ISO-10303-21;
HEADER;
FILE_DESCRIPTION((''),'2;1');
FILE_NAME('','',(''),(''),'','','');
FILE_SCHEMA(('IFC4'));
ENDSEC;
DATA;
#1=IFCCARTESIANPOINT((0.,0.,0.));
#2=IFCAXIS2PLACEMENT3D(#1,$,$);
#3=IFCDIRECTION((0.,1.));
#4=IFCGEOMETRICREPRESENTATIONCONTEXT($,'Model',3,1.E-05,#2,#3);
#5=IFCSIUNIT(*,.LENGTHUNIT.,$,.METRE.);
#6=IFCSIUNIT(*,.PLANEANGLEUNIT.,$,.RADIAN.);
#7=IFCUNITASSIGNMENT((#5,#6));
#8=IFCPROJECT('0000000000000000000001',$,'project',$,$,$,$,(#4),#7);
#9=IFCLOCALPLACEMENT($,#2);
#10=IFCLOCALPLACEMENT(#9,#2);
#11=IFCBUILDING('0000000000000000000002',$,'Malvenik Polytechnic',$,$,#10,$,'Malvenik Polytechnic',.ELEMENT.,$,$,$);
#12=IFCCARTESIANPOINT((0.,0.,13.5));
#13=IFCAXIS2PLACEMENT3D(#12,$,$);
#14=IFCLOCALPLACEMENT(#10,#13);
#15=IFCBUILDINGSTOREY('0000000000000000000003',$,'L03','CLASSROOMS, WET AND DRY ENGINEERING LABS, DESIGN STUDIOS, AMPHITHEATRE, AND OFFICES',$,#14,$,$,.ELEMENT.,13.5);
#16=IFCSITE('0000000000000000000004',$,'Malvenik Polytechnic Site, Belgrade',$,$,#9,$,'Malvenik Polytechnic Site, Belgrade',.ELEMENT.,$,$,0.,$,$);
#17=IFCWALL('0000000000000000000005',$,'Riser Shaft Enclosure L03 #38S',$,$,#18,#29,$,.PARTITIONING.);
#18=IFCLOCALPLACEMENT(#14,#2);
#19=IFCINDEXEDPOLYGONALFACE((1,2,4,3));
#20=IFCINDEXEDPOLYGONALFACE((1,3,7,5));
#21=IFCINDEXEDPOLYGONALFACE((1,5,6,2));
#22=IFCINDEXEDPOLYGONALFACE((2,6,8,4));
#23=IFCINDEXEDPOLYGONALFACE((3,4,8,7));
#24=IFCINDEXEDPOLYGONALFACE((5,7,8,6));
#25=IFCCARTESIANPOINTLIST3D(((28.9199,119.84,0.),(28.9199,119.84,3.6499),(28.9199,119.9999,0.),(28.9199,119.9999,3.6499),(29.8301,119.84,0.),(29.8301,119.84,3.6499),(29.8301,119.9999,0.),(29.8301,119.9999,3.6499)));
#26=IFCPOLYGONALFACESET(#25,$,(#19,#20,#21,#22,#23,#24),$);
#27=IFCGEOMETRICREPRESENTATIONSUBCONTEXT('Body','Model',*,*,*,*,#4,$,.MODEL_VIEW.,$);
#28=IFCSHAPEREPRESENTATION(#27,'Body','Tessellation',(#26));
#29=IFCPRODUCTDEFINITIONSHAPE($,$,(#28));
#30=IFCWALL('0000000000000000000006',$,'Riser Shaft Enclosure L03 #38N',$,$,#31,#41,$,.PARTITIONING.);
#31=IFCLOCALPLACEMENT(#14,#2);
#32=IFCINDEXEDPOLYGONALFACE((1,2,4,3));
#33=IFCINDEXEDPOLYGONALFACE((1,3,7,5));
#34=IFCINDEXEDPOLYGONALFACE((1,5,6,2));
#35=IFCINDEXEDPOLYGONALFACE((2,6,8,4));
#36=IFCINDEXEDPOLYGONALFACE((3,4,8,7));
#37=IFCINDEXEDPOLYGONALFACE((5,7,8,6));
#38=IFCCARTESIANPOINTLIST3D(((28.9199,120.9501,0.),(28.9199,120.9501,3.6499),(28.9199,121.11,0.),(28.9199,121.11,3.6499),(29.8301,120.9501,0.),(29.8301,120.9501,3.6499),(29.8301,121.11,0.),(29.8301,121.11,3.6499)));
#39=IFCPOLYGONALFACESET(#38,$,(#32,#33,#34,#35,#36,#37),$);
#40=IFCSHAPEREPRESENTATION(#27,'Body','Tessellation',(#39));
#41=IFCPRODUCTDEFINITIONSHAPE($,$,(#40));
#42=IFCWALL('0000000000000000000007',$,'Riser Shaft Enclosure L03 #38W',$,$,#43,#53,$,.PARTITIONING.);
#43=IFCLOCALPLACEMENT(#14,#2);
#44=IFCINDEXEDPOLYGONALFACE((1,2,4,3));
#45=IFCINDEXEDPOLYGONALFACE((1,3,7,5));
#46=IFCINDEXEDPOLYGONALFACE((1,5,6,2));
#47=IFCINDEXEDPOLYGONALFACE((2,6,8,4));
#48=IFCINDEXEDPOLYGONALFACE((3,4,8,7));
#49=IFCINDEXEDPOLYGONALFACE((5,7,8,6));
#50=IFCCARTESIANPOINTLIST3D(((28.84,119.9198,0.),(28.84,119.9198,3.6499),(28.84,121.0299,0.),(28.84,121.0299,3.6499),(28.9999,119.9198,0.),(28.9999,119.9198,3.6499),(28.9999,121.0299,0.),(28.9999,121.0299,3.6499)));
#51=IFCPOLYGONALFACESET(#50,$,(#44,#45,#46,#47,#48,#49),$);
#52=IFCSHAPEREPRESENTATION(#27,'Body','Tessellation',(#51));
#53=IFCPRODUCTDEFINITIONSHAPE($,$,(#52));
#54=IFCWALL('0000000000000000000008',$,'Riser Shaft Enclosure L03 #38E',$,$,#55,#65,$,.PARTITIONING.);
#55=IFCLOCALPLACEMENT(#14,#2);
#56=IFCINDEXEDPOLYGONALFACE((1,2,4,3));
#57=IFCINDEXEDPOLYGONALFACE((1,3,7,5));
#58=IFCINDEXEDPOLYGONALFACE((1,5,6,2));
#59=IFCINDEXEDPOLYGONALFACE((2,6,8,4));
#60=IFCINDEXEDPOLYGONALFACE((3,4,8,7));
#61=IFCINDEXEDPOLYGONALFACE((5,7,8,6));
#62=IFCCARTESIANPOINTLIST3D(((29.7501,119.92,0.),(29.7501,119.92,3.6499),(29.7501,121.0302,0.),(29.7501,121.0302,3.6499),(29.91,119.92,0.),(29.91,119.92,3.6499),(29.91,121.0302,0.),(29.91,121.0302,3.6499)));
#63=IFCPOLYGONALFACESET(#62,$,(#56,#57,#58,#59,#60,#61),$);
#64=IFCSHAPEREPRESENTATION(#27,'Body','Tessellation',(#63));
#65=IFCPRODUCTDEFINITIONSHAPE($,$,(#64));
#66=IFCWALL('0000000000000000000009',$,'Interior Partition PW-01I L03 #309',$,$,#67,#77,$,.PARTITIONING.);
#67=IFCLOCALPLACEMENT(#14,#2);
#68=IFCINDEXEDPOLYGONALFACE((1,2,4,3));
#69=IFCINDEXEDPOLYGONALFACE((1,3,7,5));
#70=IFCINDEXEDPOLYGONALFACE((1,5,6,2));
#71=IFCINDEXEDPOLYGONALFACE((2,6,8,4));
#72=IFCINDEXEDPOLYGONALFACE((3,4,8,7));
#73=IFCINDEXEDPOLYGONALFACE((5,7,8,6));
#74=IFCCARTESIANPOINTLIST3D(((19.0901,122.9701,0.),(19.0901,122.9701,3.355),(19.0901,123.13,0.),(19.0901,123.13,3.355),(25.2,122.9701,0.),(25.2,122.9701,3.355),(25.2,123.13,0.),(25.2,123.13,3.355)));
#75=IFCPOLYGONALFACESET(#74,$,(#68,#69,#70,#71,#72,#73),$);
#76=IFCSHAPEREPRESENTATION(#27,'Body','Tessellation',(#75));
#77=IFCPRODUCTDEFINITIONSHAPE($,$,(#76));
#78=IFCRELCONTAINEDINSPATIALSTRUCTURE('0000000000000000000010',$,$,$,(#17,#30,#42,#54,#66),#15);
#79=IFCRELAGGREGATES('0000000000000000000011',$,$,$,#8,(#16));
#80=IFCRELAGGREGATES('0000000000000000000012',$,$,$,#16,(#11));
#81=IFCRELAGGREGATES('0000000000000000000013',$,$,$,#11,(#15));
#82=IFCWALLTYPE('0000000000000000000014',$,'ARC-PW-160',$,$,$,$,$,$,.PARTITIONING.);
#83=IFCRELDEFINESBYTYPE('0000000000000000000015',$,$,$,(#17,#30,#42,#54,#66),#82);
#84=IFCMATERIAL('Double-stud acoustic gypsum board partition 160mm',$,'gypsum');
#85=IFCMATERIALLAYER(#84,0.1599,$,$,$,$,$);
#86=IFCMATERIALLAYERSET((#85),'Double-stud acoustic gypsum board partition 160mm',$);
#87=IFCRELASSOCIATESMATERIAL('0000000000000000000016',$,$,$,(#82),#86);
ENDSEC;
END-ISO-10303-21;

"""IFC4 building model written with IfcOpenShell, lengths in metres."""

from ifc_helpers import new_model, si_unit, direction, frame, frame_2d, origin, place, context, subcontext, project, spatial, rectangle, extrude, material, layer, layer_set, type_object, element, save


model = new_model("IFC4")

# Units and contexts
model_context = context("Model", 3, precision=1e-05, world=origin(), true_north=direction((0.0, 1.0)))
body_context = subcontext(model_context, "Body", "Model", "MODEL_VIEW")
ifc_project = project(units=[si_unit("LENGTHUNIT", "METRE"), si_unit("PLANEANGLEUNIT", "RADIAN")], contexts=[model_context])

# Site, building, storey
site_placement = place(None, origin())
site = spatial("IfcSite", under=ifc_project, at=site_placement, Name="Malvenik Polytechnic Site, Belgrade", LongName="Malvenik Polytechnic Site, Belgrade", CompositionType="ELEMENT", RefElevation=0.0)
building_placement = place(site_placement, origin())
building = spatial("IfcBuilding", under=site, at=building_placement, Name="Malvenik Polytechnic", LongName="Malvenik Polytechnic", CompositionType="ELEMENT")
storey_placement = place(building_placement, frame((0.0, 0.0, 13.5)))
storey = spatial("IfcBuildingStorey", under=building, at=storey_placement, Name="L03", Description="CLASSROOMS, WET AND DRY ENGINEERING LABS, DESIGN STUDIOS, AMPHITHEATRE, AND OFFICES", CompositionType="ELEMENT", Elevation=13.5)

# Walls
ifc_material_1 = material(Name="Double-stud acoustic gypsum board partition 160mm", Category="gypsum")
ifc_layer_1 = layer(ifc_material_1, 0.1599)
ifc_layer_set_1 = layer_set([ifc_layer_1], Name="Double-stud acoustic gypsum board partition 160mm")
wall_type_1 = type_object("IfcWallType", Name="ARC-PW-160", PredefinedType="PARTITIONING", material=ifc_layer_set_1)
for number, where, z_axis, x_axis, name in (
    (1, (28.9199, 119.9199, 0.0), (0.0, 0.0, 1.0), (1.0, 0.0, 0.0), "Riser Shaft Enclosure L03 #38S"),
    (2, (29.8301, 121.03, 0.0), (0.0, 0.0, 1.0), (-1.0, 0.0, 0.0), "Riser Shaft Enclosure L03 #38N"),
):
    element("IfcWall", number, at=place(storey_placement, frame(where, z_axis=z_axis, x_axis=x_axis)), inside=storey, type_object=wall_type_1, Name=name, PredefinedType="PARTITIONING", context=body_context, shape_type="SweptSolid", body=[
        extrude(rectangle(XDim=0.9102, YDim=0.1599, at=frame_2d((0.4551, 0.0))), origin(), (0.0, 0.0, 1.0), 3.6499),
    ])
for number, where, z_axis, x_axis, name in (
    (3, (28.9199, 121.03, 0.0), (0.0, 0.0, 1.0), (0.0, -1.0, 0.0), "Riser Shaft Enclosure L03 #38W"),
    (4, (29.8301, 119.9199, 0.0), (0.0, 0.0, 1.0), (0.0, 1.0, 0.0), "Riser Shaft Enclosure L03 #38E"),
):
    element("IfcWall", number, at=place(storey_placement, frame(where, z_axis=z_axis, x_axis=x_axis)), inside=storey, type_object=wall_type_1, Name=name, PredefinedType="PARTITIONING", context=body_context, shape_type="SweptSolid", body=[
        extrude(rectangle(XDim=1.1101, YDim=0.1599, at=frame_2d((0.5552, 0.0))), origin(), (0.0, 0.0, 1.0), 3.6499),
    ])
wall_1_placement = place(storey_placement, frame((25.2, 123.05, 0.0), z_axis=(0.0, 0.0, 1.0), x_axis=(-1.0, 0.0, 0.0)))
element("IfcWall", 5, at=wall_1_placement, inside=storey, type_object=wall_type_1, Name="Interior Partition PW-01I L03 #309", PredefinedType="PARTITIONING", context=body_context, shape_type="SweptSolid", body=[
    extrude(rectangle(XDim=6.1099, YDim=0.1599, at=frame_2d((3.0549, 0.0))), origin(), (0.0, 0.0, 1.0), 3.355),
])

save(model, "model.ifc")
